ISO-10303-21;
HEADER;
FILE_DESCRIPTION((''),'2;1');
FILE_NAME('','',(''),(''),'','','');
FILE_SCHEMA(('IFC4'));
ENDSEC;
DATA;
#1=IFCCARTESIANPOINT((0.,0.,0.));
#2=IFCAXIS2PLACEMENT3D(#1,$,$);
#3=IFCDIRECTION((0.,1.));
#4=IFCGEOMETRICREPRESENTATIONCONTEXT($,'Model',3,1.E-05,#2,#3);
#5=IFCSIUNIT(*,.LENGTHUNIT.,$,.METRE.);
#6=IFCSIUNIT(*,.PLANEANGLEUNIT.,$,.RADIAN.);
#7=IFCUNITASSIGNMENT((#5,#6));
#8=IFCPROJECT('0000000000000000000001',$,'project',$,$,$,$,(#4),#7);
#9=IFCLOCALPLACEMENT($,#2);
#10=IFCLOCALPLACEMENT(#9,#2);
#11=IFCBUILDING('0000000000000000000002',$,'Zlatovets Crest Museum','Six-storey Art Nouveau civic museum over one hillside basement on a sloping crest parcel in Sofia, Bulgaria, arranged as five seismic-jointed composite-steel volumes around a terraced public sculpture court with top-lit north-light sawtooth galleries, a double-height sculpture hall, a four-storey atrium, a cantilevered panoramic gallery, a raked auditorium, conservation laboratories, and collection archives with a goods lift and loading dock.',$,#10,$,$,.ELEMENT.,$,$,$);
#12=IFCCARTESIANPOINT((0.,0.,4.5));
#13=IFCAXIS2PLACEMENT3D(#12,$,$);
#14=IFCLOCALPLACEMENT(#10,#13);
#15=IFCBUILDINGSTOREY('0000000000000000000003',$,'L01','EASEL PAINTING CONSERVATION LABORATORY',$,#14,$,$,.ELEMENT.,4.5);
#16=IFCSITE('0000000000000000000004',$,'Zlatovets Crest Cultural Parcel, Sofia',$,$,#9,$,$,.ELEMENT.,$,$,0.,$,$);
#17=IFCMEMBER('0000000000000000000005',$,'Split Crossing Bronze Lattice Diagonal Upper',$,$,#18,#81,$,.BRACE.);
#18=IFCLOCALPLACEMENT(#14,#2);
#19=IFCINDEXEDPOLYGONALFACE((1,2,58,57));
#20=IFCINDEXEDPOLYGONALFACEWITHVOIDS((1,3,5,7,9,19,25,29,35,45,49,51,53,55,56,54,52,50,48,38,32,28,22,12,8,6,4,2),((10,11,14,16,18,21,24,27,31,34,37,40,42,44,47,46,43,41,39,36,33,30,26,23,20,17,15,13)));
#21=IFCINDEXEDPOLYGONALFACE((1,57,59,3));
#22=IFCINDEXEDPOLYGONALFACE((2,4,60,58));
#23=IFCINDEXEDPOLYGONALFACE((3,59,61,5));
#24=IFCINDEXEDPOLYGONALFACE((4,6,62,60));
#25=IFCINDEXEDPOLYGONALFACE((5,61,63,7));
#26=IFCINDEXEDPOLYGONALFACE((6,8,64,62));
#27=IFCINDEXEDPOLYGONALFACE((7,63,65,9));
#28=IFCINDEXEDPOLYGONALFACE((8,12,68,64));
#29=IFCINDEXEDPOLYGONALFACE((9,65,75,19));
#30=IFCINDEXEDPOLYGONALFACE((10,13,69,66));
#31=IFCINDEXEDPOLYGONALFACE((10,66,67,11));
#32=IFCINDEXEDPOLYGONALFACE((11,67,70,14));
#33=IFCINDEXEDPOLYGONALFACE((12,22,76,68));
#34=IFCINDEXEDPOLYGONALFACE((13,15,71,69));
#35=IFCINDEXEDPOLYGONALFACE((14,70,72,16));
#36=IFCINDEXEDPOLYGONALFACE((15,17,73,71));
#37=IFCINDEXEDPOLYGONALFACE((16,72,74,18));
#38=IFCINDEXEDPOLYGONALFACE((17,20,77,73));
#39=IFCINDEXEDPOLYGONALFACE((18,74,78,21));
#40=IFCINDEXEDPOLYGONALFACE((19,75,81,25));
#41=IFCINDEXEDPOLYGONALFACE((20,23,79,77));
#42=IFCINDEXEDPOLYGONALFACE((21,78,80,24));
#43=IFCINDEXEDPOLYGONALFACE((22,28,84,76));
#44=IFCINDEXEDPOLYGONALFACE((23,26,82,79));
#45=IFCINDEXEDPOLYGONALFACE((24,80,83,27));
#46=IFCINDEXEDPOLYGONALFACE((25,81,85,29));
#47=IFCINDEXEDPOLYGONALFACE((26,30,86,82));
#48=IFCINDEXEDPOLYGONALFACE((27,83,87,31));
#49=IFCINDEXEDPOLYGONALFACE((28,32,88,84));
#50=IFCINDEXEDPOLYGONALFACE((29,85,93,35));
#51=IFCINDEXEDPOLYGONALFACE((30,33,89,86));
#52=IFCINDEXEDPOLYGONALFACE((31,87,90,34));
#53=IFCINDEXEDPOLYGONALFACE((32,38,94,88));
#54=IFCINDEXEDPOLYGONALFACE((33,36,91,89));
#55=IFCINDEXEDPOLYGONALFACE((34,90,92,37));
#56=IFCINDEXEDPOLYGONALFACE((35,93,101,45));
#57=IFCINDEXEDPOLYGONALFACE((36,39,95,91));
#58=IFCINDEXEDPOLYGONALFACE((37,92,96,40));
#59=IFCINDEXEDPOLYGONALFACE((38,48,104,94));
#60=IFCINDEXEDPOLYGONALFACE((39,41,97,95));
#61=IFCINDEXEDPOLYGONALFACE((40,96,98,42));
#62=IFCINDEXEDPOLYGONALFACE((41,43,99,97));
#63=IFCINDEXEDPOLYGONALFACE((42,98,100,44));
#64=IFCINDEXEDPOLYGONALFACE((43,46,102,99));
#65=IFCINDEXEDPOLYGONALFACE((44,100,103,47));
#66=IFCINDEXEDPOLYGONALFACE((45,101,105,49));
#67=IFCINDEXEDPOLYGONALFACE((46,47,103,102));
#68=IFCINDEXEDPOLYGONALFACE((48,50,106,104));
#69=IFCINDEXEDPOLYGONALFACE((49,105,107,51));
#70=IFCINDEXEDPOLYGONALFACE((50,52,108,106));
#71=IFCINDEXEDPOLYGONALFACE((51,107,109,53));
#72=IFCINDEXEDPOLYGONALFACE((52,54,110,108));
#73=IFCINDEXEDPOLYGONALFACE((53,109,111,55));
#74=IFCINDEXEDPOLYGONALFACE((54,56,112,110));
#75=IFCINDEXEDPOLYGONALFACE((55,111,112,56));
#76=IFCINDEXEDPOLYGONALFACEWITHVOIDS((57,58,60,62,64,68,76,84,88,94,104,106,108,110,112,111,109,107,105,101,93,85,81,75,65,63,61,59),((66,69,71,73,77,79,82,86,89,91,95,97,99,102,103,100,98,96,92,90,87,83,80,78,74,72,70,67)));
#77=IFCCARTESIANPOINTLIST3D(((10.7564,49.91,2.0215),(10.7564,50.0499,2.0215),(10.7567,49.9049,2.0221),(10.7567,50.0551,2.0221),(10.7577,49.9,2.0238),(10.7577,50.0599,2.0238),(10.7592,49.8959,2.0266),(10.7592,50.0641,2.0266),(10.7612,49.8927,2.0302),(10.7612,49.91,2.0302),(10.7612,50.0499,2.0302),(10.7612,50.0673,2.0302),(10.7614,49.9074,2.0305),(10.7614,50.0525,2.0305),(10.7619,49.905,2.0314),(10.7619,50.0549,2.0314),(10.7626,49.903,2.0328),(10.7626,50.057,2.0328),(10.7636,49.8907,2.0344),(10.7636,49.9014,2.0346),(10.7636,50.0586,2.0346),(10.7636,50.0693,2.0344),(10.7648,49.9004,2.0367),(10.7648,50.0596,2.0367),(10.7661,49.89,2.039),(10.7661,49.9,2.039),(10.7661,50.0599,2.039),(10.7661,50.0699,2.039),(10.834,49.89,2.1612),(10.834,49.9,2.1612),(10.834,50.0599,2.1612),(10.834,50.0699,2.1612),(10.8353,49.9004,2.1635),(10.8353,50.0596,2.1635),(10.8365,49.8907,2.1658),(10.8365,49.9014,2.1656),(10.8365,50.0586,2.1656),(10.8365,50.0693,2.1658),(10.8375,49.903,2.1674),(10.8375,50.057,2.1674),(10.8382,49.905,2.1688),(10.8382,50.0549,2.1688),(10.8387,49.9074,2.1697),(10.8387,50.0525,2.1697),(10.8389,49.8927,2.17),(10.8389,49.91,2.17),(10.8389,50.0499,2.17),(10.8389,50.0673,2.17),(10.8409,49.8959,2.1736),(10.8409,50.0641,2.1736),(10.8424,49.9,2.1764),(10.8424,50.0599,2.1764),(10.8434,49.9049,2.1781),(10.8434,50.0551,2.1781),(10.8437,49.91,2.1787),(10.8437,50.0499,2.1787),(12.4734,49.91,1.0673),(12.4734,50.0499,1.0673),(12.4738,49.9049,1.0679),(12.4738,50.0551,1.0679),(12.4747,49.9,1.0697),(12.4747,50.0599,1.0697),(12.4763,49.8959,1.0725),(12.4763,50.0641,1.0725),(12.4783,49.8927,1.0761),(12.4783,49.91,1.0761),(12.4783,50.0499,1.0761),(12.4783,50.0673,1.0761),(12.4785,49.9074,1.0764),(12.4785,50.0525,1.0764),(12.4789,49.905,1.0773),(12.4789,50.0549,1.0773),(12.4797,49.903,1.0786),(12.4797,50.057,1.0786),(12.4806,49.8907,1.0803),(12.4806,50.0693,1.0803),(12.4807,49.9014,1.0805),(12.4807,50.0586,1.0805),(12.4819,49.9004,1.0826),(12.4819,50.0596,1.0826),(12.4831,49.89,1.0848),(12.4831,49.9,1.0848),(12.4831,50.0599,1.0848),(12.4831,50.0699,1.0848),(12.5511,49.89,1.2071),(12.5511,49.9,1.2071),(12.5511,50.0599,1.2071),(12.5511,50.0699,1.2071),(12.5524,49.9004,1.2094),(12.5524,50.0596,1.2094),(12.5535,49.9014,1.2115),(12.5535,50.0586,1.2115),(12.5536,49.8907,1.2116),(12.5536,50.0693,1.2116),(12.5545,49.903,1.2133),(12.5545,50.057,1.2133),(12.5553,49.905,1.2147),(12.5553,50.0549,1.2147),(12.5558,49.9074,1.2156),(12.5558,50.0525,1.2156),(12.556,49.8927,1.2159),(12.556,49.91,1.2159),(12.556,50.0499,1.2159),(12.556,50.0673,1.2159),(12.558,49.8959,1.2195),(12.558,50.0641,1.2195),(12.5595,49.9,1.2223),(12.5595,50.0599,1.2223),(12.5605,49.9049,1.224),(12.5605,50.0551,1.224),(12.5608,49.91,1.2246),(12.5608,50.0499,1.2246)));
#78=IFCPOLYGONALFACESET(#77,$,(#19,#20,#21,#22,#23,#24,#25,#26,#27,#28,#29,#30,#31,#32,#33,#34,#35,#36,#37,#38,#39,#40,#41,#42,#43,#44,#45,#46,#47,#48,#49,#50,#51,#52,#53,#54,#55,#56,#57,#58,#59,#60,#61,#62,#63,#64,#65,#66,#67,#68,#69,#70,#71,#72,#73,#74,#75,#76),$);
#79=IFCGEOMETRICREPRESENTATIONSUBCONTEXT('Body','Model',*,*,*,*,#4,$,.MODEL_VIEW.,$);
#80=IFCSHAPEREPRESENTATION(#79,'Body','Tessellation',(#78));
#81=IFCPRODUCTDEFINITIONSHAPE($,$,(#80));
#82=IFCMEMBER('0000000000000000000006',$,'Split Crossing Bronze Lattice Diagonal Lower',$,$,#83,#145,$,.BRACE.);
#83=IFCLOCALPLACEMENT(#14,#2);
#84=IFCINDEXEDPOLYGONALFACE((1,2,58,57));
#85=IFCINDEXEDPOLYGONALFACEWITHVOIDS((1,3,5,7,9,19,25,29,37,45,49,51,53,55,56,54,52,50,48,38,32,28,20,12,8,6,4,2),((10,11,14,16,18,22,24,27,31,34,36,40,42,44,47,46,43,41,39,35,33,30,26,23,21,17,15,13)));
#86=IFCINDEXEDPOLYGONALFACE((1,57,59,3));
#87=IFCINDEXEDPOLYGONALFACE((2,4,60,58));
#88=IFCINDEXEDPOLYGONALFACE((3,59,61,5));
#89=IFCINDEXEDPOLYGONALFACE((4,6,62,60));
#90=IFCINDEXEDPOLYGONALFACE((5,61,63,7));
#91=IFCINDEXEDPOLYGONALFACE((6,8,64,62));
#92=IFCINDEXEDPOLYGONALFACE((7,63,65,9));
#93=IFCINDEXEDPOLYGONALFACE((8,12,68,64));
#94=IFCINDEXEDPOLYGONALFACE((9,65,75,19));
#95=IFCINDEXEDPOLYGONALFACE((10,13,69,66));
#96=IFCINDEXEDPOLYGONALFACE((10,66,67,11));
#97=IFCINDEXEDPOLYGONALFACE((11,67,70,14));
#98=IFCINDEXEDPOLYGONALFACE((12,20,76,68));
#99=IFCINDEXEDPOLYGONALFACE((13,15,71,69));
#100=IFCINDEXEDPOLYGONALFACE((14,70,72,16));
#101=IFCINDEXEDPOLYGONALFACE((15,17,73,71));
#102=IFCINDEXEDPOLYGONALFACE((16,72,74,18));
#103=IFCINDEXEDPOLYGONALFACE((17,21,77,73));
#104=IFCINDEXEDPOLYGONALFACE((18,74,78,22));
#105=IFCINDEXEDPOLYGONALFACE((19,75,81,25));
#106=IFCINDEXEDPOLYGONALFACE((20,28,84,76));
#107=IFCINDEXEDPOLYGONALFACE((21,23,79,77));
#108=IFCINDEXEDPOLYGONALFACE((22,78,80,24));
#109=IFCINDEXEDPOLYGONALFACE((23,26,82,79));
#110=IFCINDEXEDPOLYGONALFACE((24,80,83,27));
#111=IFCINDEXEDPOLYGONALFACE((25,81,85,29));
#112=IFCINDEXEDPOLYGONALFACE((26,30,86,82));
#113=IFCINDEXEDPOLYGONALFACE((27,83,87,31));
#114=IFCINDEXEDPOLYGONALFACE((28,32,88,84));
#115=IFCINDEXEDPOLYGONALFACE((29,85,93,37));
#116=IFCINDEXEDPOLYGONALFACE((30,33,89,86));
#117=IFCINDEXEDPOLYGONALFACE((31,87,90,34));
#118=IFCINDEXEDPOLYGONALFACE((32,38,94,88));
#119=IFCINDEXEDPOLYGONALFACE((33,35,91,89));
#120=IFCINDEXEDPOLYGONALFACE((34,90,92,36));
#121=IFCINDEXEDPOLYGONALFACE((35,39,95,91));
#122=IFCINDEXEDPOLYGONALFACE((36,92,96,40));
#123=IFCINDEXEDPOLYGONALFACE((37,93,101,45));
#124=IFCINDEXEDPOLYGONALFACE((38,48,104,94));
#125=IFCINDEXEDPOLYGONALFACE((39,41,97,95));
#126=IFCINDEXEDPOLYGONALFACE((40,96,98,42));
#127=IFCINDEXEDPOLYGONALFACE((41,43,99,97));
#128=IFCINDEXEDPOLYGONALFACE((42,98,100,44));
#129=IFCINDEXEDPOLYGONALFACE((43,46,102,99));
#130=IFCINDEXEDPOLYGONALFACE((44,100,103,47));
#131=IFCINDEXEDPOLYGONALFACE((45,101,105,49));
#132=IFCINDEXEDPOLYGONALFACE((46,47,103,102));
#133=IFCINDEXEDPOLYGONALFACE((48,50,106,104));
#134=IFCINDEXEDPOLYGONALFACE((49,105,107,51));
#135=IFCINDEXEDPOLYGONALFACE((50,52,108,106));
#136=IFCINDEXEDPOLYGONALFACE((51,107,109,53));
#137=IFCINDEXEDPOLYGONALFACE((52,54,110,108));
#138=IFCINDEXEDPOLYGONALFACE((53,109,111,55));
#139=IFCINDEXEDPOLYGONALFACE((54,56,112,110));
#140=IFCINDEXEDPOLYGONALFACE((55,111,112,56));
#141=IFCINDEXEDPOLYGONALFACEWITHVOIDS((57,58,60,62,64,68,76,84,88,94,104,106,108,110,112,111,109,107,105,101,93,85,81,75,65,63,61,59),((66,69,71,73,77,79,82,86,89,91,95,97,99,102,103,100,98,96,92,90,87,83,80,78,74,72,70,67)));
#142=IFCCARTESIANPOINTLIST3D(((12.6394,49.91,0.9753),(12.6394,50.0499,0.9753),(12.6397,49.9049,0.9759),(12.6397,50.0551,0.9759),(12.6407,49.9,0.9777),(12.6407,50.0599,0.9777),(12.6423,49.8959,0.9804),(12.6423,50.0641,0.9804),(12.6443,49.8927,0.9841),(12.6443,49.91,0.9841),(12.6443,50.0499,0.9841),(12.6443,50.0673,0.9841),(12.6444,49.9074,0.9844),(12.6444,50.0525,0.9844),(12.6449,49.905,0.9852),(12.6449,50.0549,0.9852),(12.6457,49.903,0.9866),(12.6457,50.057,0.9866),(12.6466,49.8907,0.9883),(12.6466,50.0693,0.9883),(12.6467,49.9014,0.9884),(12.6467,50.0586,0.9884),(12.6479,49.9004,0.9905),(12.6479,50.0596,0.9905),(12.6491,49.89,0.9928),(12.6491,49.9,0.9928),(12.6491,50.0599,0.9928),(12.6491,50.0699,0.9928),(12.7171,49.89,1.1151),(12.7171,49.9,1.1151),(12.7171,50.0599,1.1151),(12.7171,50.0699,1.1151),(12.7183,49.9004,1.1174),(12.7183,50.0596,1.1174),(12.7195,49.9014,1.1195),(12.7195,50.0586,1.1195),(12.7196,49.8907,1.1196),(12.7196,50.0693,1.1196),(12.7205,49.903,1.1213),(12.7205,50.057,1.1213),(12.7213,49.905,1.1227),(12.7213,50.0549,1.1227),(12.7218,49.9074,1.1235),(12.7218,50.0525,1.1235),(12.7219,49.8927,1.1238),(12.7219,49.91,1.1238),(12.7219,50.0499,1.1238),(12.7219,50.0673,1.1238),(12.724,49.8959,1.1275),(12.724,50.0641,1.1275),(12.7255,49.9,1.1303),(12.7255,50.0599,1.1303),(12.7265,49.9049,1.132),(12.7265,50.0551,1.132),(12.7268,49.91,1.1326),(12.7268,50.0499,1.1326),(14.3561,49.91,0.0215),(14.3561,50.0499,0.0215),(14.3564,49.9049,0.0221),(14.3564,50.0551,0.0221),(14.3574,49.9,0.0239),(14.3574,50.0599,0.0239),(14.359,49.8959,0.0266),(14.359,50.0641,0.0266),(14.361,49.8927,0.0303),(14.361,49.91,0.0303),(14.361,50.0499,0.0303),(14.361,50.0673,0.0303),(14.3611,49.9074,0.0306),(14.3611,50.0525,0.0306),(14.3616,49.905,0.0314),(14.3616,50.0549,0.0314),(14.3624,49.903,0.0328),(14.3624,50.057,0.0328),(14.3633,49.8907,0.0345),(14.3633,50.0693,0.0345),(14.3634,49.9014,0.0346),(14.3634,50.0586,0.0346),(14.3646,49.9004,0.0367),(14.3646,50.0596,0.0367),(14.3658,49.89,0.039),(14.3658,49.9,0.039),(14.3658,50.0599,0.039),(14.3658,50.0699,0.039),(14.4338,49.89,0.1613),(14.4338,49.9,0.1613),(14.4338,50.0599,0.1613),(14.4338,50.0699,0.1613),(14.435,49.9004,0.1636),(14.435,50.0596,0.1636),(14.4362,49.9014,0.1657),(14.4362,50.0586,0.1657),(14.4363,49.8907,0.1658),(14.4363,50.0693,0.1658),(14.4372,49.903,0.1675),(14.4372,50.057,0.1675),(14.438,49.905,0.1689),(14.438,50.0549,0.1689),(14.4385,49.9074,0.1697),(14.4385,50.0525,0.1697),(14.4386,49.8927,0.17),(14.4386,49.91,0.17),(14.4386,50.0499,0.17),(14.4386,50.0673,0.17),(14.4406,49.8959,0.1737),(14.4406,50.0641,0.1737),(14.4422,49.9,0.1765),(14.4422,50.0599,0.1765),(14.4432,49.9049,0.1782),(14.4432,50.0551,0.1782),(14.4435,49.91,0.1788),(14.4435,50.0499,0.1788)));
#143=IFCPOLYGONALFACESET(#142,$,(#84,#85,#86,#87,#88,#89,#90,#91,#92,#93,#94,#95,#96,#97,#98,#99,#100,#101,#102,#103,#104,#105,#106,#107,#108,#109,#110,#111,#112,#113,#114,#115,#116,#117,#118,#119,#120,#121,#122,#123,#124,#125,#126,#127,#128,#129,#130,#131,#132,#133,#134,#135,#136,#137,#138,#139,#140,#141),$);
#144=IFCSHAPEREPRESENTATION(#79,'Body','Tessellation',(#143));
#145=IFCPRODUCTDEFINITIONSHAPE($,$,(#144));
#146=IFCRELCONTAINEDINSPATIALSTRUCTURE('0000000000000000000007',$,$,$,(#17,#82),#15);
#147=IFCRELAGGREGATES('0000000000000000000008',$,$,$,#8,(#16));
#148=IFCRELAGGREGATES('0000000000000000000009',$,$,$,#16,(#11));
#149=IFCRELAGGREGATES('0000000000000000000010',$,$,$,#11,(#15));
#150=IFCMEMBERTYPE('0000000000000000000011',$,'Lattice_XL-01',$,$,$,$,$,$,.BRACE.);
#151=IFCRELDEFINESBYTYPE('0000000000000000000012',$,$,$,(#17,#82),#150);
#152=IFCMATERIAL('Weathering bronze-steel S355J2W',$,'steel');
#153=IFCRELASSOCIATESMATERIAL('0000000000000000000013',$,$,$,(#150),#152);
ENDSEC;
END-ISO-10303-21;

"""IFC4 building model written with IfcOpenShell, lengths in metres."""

from ifc_helpers import new_model, si_unit, direction, frame, origin, origin_2d, place, context, subcontext, project, spatial, hollow_rectangle, extrude, material, material_profile, profile_set, type_object, element, save


model = new_model("IFC4")

# Units and contexts
model_context = context("Model", 3, precision=1e-05, world=origin(), true_north=direction((0.0, 1.0)))
body_context = subcontext(model_context, "Body", "Model", "MODEL_VIEW")
ifc_project = project(units=[si_unit("LENGTHUNIT", "METRE"), si_unit("PLANEANGLEUNIT", "RADIAN")], contexts=[model_context])

# Site, building, storey
site_placement = place(None, origin())
site = spatial("IfcSite", under=ifc_project, at=site_placement, Name="Zlatovets Crest Cultural Parcel, Sofia", CompositionType="ELEMENT", RefElevation=0.0)
building_placement = place(site_placement, origin())
building = spatial("IfcBuilding", under=site, at=building_placement, Name="Zlatovets Crest Museum", Description="Six-storey Art Nouveau civic museum over one hillside basement on a sloping crest parcel in Sofia, Bulgaria, arranged as five seismic-jointed composite-steel volumes around a terraced public sculpture court with top-lit north-light sawtooth galleries, a double-height sculpture hall, a four-storey atrium, a cantilevered panoramic gallery, a raked auditorium, conservation laboratories, and collection archives with a goods lift and loading dock.", CompositionType="ELEMENT")
storey_placement = place(building_placement, frame((0.0, 0.0, 4.5)))
storey = spatial("IfcBuildingStorey", under=building, at=storey_placement, Name="L01", Description="EASEL PAINTING CONSERVATION LABORATORY", CompositionType="ELEMENT", Elevation=4.5)

# Members
ifc_material_1 = material(Name="Weathering bronze-steel S355J2W", Category="steel")
ifc_material_profile_1 = material_profile(ifc_material_1, hollow_rectangle(XDim=0.1799, YDim=0.1799, WallThickness=0.01, InnerFilletRadius=0.01, OuterFilletRadius=0.02, at=origin_2d()), Name="SHS 180x180x10.0")
ifc_profile_set_1 = profile_set([ifc_material_profile_1], Name="Weathering bronze-steel S355J2W")
member_type_1 = type_object("IfcMemberType", Name="Lattice_XL-01", PredefinedType="BRACE", material=ifc_profile_set_1)
member_1_placement = place(storey_placement, frame((10.8, 49.98, 2.1001), z_axis=(0.874116, 0.0, -0.485717), x_axis=(0.0, 1.0, 0.0)))
element("IfcMember", 1, at=member_1_placement, inside=storey, type_object=member_type_1, Name="Split Crossing Bronze Lattice Diagonal Upper", PredefinedType="BRACE", context=body_context, shape_type="SweptSolid", body=[
    extrude(hollow_rectangle(XDim=0.1799, YDim=0.1799, WallThickness=0.01, InnerFilletRadius=0.01, OuterFilletRadius=0.02, at=origin_2d()), origin(), (0.0, 0.0, 1.0), 1.9644),
])
member_2_placement = place(storey_placement, frame((12.6831, 49.98, 1.054), z_axis=(0.87414, 0.0, -0.485675), x_axis=(0.0, 1.0, 0.0)))
element("IfcMember", 2, at=member_2_placement, inside=storey, type_object=member_type_1, Name="Split Crossing Bronze Lattice Diagonal Lower", PredefinedType="BRACE", context=body_context, shape_type="SweptSolid", body=[
    extrude(hollow_rectangle(XDim=0.1799, YDim=0.1799, WallThickness=0.01, InnerFilletRadius=0.01, OuterFilletRadius=0.02, at=origin_2d()), origin(), (0.0, 0.0, 1.0), 1.9639),
])

save(model, "model.ifc")
